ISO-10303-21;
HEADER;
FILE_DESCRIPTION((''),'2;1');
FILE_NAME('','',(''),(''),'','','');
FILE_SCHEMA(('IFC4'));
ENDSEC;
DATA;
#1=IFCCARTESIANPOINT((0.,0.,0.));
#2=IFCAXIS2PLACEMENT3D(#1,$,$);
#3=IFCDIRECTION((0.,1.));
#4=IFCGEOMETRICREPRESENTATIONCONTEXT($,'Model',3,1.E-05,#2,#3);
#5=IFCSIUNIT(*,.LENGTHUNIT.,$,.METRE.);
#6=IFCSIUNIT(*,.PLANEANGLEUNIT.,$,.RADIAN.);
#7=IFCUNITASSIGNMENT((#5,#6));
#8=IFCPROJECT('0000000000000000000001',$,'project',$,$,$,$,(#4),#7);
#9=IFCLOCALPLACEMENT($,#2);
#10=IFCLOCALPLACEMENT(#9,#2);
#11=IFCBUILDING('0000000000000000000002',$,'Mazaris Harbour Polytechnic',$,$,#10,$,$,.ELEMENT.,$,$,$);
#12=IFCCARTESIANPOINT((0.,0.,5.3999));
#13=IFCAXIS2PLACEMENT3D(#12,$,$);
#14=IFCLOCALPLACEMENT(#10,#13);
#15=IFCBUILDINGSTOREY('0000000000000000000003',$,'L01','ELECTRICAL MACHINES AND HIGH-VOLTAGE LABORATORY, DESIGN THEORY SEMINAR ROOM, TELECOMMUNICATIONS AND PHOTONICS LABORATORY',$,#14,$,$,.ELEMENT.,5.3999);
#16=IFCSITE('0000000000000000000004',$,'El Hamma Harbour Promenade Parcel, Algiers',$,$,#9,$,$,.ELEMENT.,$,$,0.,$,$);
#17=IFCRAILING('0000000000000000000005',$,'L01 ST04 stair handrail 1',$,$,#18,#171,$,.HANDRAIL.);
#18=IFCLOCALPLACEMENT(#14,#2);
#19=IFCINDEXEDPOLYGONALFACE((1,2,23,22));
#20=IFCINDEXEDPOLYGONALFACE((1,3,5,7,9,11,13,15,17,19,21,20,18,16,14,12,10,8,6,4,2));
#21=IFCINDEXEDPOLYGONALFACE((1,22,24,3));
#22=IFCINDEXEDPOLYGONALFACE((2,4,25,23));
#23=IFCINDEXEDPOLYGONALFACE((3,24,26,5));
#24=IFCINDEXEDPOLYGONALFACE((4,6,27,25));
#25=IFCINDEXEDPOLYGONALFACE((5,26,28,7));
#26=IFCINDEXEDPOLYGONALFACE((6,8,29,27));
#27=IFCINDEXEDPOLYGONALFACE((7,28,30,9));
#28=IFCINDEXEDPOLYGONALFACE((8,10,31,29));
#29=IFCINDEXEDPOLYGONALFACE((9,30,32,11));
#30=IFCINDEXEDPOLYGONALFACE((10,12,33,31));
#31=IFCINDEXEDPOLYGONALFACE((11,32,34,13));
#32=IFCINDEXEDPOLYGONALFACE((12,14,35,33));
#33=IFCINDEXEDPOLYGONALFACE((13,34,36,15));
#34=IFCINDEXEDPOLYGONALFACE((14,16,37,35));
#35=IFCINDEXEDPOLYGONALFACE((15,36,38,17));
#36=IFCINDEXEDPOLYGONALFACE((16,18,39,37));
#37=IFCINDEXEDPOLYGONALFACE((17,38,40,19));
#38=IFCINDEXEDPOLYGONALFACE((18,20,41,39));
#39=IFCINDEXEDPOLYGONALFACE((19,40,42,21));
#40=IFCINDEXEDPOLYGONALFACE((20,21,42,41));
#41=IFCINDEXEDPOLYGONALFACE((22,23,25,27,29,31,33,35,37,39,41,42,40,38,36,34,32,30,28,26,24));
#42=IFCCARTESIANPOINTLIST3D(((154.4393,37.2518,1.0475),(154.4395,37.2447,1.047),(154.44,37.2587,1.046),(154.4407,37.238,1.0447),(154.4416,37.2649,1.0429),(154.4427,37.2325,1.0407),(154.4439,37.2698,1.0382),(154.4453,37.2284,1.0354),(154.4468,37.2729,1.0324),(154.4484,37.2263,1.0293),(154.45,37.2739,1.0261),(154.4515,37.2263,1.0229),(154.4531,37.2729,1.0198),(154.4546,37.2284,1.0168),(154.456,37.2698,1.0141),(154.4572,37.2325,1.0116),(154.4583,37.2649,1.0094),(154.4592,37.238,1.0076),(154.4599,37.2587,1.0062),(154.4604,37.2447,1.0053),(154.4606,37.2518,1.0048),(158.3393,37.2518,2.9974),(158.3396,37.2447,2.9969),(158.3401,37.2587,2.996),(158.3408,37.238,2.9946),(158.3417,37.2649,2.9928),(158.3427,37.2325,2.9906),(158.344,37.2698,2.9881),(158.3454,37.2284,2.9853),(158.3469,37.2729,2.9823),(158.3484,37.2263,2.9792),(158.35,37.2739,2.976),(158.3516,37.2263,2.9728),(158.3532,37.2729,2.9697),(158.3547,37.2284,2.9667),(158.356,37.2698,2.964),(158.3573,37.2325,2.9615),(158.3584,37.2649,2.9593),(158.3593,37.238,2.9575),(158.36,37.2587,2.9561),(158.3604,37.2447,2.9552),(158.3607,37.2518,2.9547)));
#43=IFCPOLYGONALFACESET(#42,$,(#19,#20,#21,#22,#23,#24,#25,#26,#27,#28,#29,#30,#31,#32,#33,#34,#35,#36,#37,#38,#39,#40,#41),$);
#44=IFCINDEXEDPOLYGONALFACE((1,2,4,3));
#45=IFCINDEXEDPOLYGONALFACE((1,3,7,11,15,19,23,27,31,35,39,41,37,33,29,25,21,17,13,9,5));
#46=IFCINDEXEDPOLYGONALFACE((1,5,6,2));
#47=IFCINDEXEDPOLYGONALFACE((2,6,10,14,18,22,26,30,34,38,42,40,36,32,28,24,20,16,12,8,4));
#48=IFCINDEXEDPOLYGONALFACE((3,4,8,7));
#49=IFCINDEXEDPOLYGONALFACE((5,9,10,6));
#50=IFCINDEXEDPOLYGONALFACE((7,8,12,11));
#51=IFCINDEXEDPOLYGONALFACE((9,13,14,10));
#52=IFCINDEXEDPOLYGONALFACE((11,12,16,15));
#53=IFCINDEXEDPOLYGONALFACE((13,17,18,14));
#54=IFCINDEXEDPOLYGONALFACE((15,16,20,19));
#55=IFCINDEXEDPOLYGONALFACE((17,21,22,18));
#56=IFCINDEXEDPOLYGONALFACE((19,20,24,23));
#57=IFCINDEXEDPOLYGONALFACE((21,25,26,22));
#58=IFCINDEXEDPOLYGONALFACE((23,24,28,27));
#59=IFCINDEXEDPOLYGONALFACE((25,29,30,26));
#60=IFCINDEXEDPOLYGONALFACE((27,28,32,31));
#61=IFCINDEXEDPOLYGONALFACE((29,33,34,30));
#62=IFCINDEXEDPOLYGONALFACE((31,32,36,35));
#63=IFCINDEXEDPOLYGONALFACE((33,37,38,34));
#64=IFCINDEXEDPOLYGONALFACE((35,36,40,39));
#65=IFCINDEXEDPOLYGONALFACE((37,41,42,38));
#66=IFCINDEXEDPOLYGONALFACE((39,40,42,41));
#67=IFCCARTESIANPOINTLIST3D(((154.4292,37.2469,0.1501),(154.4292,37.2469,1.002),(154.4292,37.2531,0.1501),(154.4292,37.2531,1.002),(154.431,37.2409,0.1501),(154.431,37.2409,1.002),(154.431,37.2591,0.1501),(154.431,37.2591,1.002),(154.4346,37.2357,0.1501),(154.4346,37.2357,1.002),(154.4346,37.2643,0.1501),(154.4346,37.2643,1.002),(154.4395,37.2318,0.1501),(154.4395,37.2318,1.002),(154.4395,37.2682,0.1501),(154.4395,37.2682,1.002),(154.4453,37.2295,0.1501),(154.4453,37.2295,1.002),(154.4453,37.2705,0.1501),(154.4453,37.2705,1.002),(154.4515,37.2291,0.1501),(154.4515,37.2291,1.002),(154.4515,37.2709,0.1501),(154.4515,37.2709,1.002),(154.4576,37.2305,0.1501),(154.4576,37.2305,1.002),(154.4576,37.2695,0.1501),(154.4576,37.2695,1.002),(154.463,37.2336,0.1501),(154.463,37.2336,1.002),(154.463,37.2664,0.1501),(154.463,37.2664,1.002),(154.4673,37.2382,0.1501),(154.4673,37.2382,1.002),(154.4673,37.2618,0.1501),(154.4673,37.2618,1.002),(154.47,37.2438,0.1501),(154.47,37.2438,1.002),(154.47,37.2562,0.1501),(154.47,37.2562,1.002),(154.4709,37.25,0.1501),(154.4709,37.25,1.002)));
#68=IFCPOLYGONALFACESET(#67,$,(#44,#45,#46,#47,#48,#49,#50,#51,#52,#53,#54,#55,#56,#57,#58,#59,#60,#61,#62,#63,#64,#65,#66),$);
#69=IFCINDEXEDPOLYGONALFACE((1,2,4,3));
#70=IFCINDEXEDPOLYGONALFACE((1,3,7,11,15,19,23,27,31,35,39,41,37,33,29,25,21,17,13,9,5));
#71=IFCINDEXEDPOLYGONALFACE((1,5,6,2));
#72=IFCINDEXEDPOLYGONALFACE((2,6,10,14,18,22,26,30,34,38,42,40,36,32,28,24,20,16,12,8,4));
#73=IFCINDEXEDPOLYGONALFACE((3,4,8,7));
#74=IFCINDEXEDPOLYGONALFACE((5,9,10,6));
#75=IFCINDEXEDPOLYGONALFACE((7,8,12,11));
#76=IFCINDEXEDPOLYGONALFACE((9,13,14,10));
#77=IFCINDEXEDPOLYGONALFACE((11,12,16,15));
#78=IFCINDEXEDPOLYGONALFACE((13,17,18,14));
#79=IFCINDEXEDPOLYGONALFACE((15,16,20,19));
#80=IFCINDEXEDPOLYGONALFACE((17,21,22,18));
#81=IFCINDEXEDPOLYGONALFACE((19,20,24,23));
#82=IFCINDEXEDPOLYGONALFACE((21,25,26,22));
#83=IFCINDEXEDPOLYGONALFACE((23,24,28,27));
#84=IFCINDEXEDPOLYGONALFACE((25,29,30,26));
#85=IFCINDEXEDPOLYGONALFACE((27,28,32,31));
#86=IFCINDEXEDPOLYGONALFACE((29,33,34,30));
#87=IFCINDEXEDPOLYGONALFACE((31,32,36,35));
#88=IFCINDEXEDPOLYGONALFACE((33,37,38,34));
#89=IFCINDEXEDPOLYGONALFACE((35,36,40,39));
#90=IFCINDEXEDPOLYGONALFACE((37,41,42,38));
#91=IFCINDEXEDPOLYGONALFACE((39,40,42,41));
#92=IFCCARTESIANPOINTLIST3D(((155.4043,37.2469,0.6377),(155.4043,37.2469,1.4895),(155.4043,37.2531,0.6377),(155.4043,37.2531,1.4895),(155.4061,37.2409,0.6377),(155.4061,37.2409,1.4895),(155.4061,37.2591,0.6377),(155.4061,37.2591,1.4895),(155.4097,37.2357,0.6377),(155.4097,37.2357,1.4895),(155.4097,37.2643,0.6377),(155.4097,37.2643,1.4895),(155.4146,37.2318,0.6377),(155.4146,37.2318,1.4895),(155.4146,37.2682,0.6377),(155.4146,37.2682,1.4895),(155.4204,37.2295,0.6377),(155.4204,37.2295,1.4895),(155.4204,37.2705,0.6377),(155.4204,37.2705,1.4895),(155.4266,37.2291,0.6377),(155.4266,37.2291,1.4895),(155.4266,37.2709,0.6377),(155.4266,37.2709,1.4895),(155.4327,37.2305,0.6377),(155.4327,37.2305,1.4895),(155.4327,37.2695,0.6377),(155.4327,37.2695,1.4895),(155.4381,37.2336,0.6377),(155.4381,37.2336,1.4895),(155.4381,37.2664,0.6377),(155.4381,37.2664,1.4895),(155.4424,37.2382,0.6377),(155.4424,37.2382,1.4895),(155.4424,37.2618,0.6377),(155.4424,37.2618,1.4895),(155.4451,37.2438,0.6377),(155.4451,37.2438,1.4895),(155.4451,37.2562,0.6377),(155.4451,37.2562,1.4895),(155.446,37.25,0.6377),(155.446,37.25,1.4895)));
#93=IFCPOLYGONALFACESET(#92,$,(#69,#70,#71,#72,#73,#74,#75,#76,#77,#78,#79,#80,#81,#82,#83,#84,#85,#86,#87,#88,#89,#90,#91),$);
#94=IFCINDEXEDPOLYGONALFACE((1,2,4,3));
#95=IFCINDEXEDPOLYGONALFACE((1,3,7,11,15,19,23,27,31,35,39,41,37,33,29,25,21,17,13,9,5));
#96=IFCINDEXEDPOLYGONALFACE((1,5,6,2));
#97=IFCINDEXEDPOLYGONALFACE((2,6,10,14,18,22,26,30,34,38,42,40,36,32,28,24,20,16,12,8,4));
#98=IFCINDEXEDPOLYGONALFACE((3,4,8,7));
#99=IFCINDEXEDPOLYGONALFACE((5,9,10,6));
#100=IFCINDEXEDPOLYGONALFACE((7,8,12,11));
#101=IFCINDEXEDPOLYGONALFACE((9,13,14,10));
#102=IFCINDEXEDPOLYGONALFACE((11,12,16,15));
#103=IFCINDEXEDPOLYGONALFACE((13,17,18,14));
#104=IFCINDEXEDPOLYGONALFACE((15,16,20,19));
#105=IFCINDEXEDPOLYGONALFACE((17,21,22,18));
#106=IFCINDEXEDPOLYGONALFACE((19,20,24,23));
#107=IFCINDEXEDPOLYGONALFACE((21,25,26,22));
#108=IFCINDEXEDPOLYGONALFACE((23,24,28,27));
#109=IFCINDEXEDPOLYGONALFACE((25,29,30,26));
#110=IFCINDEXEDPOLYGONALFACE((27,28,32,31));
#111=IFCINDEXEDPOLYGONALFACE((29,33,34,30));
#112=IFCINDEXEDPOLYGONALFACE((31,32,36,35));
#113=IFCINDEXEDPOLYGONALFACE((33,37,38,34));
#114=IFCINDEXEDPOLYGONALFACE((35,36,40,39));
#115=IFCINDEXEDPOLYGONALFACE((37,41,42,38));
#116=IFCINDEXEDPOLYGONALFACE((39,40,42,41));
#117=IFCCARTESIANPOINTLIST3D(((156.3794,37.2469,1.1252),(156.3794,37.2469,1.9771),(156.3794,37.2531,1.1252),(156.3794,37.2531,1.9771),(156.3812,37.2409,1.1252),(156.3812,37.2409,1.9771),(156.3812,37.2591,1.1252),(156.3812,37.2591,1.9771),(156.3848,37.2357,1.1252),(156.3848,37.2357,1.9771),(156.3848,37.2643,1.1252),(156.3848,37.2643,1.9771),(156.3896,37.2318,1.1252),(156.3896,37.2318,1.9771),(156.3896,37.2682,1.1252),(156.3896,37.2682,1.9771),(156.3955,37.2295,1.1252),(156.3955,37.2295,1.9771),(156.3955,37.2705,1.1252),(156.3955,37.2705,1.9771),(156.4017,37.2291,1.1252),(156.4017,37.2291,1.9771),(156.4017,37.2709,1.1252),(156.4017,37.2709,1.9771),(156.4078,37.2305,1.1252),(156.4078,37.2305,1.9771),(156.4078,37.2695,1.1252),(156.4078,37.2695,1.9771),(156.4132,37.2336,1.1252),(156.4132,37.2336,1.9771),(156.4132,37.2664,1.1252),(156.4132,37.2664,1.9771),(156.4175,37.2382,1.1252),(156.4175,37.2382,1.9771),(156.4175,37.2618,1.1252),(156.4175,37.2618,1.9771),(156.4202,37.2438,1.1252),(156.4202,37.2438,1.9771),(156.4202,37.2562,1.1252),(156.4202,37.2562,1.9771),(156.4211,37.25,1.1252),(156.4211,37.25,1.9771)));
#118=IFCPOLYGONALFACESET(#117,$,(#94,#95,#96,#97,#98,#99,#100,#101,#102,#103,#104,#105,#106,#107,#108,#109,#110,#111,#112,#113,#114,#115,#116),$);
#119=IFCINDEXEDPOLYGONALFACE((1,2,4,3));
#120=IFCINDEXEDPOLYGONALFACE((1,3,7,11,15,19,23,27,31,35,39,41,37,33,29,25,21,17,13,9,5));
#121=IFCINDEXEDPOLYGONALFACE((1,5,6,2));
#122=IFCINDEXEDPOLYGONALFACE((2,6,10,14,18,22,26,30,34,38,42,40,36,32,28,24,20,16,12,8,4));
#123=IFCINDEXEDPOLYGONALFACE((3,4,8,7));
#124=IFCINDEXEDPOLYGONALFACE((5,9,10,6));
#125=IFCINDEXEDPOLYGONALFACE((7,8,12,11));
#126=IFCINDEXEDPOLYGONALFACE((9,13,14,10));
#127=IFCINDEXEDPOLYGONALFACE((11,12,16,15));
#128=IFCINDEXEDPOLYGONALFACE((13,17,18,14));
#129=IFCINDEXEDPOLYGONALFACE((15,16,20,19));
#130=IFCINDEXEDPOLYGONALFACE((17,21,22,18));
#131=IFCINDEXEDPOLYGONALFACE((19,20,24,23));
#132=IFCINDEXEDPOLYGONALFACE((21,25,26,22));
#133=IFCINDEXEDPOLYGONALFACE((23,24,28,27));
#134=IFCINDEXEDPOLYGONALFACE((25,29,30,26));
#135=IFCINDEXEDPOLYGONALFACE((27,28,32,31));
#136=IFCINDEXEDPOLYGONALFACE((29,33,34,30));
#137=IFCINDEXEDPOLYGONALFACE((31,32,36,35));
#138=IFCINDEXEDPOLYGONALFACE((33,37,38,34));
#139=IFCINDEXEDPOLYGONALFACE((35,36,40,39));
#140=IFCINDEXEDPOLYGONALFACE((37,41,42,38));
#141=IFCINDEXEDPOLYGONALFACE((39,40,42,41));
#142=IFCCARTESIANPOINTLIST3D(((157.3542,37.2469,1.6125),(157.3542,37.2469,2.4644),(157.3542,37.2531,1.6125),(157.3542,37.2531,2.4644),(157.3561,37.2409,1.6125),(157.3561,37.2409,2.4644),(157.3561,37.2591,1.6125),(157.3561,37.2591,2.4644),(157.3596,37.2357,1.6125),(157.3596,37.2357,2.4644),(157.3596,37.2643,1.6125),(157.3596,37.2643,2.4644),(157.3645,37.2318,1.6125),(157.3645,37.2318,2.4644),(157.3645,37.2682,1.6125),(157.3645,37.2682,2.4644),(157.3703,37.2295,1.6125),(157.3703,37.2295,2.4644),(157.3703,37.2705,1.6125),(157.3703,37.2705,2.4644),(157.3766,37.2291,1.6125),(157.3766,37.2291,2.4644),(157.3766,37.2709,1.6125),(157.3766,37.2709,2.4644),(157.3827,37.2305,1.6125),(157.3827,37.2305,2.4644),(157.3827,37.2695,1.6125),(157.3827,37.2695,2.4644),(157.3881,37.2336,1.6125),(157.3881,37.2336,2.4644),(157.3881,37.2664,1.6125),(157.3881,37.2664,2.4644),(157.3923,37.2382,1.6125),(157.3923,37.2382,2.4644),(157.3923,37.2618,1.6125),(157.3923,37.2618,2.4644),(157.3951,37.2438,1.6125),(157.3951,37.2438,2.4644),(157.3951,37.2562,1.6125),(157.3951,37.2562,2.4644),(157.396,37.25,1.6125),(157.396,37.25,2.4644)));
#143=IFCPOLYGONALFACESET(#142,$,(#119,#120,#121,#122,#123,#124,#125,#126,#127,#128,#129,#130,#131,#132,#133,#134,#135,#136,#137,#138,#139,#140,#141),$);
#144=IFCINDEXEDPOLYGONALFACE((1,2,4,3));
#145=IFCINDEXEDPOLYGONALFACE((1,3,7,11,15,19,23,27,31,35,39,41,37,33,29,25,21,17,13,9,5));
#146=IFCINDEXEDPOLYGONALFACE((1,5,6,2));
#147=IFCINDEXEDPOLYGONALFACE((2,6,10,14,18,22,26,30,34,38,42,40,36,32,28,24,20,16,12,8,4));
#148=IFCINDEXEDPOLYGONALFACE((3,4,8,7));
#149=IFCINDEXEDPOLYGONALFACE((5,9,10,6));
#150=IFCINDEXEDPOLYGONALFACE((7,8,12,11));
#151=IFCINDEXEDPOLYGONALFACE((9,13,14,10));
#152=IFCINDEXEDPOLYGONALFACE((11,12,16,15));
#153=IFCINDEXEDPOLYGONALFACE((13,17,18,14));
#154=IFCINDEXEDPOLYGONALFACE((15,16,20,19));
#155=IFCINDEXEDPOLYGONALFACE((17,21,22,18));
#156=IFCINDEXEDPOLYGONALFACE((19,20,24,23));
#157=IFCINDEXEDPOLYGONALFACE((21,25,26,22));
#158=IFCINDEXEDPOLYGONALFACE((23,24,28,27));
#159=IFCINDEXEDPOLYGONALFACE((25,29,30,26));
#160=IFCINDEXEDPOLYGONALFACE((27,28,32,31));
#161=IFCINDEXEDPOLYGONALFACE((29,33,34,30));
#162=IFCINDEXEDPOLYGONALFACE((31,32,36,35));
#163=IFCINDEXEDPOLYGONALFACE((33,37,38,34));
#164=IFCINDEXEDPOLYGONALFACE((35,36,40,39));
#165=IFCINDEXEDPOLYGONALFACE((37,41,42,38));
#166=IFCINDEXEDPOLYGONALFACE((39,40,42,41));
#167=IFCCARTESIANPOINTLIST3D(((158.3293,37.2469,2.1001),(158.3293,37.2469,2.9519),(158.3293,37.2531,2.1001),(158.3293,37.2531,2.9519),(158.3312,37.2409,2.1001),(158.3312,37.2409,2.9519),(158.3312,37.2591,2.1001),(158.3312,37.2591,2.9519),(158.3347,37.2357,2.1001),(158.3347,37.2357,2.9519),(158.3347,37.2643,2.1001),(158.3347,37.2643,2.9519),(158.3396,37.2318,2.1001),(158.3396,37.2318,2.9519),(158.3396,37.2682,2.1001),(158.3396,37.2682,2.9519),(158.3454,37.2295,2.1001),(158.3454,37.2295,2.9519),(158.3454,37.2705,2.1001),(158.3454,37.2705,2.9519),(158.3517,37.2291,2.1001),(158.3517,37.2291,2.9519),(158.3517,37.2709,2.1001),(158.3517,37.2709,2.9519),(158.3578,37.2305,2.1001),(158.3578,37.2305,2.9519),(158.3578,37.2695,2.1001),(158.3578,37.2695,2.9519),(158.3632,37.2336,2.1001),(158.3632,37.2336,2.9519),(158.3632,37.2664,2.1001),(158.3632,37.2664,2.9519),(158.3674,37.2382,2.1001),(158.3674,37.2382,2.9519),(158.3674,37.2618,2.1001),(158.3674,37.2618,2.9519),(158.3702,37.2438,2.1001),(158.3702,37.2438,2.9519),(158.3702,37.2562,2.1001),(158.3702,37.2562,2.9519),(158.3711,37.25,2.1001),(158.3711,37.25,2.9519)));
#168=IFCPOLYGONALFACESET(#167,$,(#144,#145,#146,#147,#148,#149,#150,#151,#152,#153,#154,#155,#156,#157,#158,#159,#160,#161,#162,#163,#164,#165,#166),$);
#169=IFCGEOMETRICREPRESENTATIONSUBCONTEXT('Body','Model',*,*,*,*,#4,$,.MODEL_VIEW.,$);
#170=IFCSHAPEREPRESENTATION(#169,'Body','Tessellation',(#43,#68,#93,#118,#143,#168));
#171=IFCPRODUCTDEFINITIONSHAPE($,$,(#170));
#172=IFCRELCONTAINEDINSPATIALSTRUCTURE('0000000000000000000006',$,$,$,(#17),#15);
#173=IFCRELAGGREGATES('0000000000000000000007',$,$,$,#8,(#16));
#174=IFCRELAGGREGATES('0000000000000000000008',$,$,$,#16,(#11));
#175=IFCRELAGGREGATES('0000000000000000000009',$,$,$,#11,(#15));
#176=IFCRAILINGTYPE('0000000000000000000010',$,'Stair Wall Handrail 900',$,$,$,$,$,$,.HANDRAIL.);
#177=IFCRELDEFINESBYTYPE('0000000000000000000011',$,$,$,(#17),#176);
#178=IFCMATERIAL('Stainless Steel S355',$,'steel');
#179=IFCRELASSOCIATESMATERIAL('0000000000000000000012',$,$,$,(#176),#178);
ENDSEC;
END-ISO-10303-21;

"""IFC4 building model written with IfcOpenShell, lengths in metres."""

from ifc_helpers import new_model, si_unit, direction, frame, origin, origin_2d, place, context, subcontext, project, spatial, circle, extrude, material, type_object, element, save


model = new_model("IFC4")

# Units and contexts
model_context = context("Model", 3, precision=1e-05, world=origin(), true_north=direction((0.0, 1.0)))
body_context = subcontext(model_context, "Body", "Model", "MODEL_VIEW")
ifc_project = project(units=[si_unit("LENGTHUNIT", "METRE"), si_unit("PLANEANGLEUNIT", "RADIAN")], contexts=[model_context])

# Site, building, storey
site_placement = place(None, origin())
site = spatial("IfcSite", under=ifc_project, at=site_placement, Name="El Hamma Harbour Promenade Parcel, Algiers", CompositionType="ELEMENT", RefElevation=0.0)
building_placement = place(site_placement, origin())
building = spatial("IfcBuilding", under=site, at=building_placement, Name="Mazaris Harbour Polytechnic", CompositionType="ELEMENT")
storey_placement = place(building_placement, frame((0.0, 0.0, 5.3999)))
storey = spatial("IfcBuildingStorey", under=building, at=storey_placement, Name="L01", Description="ELECTRICAL MACHINES AND HIGH-VOLTAGE LABORATORY, DESIGN THEORY SEMINAR ROOM, TELECOMMUNICATIONS AND PHOTONICS LABORATORY", CompositionType="ELEMENT", Elevation=5.3999)

# Railing
ifc_material_1 = material(Name="Stainless Steel S355", Category="steel")
railing_type_1 = type_object("IfcRailingType", Name="Stair Wall Handrail 900", PredefinedType="HANDRAIL", material=ifc_material_1)
railing_1_placement = place(storey_placement, frame((154.45, 37.25, 0.1501)))
element("IfcRailing", 1, at=railing_1_placement, inside=storey, type_object=railing_type_1, Name="L01 ST04 stair handrail 1", PredefinedType="HANDRAIL", context=body_context, shape_type="SweptSolid", body=[
    extrude(circle(Radius=0.0239, at=origin_2d()), frame((0.0, 0.0, 0.876), z_axis=(0.894438, 0.0, 0.447191), x_axis=(0.0, 1.0, 0.0)), (0.0, 0.0, 1.0), 4.3604),
    extrude(circle(Radius=0.021, at=origin_2d()), origin(), (0.0, 0.0, 1.0), 0.8518),
    extrude(circle(Radius=0.021, at=origin_2d()), frame((0.9751, 0.0, 0.4875)), (0.0, 0.0, 1.0), 0.8518),
    extrude(circle(Radius=0.021, at=origin_2d()), frame((1.9502, 0.0, 0.9751)), (0.0, 0.0, 1.0), 0.8518),
    extrude(circle(Radius=0.021, at=origin_2d()), frame((2.925, 0.0, 1.4624)), (0.0, 0.0, 1.0), 0.8518),
    extrude(circle(Radius=0.021, at=origin_2d()), frame((3.9001, 0.0, 1.95)), (0.0, 0.0, 1.0), 0.8518),
])

save(model, "model.ifc")
